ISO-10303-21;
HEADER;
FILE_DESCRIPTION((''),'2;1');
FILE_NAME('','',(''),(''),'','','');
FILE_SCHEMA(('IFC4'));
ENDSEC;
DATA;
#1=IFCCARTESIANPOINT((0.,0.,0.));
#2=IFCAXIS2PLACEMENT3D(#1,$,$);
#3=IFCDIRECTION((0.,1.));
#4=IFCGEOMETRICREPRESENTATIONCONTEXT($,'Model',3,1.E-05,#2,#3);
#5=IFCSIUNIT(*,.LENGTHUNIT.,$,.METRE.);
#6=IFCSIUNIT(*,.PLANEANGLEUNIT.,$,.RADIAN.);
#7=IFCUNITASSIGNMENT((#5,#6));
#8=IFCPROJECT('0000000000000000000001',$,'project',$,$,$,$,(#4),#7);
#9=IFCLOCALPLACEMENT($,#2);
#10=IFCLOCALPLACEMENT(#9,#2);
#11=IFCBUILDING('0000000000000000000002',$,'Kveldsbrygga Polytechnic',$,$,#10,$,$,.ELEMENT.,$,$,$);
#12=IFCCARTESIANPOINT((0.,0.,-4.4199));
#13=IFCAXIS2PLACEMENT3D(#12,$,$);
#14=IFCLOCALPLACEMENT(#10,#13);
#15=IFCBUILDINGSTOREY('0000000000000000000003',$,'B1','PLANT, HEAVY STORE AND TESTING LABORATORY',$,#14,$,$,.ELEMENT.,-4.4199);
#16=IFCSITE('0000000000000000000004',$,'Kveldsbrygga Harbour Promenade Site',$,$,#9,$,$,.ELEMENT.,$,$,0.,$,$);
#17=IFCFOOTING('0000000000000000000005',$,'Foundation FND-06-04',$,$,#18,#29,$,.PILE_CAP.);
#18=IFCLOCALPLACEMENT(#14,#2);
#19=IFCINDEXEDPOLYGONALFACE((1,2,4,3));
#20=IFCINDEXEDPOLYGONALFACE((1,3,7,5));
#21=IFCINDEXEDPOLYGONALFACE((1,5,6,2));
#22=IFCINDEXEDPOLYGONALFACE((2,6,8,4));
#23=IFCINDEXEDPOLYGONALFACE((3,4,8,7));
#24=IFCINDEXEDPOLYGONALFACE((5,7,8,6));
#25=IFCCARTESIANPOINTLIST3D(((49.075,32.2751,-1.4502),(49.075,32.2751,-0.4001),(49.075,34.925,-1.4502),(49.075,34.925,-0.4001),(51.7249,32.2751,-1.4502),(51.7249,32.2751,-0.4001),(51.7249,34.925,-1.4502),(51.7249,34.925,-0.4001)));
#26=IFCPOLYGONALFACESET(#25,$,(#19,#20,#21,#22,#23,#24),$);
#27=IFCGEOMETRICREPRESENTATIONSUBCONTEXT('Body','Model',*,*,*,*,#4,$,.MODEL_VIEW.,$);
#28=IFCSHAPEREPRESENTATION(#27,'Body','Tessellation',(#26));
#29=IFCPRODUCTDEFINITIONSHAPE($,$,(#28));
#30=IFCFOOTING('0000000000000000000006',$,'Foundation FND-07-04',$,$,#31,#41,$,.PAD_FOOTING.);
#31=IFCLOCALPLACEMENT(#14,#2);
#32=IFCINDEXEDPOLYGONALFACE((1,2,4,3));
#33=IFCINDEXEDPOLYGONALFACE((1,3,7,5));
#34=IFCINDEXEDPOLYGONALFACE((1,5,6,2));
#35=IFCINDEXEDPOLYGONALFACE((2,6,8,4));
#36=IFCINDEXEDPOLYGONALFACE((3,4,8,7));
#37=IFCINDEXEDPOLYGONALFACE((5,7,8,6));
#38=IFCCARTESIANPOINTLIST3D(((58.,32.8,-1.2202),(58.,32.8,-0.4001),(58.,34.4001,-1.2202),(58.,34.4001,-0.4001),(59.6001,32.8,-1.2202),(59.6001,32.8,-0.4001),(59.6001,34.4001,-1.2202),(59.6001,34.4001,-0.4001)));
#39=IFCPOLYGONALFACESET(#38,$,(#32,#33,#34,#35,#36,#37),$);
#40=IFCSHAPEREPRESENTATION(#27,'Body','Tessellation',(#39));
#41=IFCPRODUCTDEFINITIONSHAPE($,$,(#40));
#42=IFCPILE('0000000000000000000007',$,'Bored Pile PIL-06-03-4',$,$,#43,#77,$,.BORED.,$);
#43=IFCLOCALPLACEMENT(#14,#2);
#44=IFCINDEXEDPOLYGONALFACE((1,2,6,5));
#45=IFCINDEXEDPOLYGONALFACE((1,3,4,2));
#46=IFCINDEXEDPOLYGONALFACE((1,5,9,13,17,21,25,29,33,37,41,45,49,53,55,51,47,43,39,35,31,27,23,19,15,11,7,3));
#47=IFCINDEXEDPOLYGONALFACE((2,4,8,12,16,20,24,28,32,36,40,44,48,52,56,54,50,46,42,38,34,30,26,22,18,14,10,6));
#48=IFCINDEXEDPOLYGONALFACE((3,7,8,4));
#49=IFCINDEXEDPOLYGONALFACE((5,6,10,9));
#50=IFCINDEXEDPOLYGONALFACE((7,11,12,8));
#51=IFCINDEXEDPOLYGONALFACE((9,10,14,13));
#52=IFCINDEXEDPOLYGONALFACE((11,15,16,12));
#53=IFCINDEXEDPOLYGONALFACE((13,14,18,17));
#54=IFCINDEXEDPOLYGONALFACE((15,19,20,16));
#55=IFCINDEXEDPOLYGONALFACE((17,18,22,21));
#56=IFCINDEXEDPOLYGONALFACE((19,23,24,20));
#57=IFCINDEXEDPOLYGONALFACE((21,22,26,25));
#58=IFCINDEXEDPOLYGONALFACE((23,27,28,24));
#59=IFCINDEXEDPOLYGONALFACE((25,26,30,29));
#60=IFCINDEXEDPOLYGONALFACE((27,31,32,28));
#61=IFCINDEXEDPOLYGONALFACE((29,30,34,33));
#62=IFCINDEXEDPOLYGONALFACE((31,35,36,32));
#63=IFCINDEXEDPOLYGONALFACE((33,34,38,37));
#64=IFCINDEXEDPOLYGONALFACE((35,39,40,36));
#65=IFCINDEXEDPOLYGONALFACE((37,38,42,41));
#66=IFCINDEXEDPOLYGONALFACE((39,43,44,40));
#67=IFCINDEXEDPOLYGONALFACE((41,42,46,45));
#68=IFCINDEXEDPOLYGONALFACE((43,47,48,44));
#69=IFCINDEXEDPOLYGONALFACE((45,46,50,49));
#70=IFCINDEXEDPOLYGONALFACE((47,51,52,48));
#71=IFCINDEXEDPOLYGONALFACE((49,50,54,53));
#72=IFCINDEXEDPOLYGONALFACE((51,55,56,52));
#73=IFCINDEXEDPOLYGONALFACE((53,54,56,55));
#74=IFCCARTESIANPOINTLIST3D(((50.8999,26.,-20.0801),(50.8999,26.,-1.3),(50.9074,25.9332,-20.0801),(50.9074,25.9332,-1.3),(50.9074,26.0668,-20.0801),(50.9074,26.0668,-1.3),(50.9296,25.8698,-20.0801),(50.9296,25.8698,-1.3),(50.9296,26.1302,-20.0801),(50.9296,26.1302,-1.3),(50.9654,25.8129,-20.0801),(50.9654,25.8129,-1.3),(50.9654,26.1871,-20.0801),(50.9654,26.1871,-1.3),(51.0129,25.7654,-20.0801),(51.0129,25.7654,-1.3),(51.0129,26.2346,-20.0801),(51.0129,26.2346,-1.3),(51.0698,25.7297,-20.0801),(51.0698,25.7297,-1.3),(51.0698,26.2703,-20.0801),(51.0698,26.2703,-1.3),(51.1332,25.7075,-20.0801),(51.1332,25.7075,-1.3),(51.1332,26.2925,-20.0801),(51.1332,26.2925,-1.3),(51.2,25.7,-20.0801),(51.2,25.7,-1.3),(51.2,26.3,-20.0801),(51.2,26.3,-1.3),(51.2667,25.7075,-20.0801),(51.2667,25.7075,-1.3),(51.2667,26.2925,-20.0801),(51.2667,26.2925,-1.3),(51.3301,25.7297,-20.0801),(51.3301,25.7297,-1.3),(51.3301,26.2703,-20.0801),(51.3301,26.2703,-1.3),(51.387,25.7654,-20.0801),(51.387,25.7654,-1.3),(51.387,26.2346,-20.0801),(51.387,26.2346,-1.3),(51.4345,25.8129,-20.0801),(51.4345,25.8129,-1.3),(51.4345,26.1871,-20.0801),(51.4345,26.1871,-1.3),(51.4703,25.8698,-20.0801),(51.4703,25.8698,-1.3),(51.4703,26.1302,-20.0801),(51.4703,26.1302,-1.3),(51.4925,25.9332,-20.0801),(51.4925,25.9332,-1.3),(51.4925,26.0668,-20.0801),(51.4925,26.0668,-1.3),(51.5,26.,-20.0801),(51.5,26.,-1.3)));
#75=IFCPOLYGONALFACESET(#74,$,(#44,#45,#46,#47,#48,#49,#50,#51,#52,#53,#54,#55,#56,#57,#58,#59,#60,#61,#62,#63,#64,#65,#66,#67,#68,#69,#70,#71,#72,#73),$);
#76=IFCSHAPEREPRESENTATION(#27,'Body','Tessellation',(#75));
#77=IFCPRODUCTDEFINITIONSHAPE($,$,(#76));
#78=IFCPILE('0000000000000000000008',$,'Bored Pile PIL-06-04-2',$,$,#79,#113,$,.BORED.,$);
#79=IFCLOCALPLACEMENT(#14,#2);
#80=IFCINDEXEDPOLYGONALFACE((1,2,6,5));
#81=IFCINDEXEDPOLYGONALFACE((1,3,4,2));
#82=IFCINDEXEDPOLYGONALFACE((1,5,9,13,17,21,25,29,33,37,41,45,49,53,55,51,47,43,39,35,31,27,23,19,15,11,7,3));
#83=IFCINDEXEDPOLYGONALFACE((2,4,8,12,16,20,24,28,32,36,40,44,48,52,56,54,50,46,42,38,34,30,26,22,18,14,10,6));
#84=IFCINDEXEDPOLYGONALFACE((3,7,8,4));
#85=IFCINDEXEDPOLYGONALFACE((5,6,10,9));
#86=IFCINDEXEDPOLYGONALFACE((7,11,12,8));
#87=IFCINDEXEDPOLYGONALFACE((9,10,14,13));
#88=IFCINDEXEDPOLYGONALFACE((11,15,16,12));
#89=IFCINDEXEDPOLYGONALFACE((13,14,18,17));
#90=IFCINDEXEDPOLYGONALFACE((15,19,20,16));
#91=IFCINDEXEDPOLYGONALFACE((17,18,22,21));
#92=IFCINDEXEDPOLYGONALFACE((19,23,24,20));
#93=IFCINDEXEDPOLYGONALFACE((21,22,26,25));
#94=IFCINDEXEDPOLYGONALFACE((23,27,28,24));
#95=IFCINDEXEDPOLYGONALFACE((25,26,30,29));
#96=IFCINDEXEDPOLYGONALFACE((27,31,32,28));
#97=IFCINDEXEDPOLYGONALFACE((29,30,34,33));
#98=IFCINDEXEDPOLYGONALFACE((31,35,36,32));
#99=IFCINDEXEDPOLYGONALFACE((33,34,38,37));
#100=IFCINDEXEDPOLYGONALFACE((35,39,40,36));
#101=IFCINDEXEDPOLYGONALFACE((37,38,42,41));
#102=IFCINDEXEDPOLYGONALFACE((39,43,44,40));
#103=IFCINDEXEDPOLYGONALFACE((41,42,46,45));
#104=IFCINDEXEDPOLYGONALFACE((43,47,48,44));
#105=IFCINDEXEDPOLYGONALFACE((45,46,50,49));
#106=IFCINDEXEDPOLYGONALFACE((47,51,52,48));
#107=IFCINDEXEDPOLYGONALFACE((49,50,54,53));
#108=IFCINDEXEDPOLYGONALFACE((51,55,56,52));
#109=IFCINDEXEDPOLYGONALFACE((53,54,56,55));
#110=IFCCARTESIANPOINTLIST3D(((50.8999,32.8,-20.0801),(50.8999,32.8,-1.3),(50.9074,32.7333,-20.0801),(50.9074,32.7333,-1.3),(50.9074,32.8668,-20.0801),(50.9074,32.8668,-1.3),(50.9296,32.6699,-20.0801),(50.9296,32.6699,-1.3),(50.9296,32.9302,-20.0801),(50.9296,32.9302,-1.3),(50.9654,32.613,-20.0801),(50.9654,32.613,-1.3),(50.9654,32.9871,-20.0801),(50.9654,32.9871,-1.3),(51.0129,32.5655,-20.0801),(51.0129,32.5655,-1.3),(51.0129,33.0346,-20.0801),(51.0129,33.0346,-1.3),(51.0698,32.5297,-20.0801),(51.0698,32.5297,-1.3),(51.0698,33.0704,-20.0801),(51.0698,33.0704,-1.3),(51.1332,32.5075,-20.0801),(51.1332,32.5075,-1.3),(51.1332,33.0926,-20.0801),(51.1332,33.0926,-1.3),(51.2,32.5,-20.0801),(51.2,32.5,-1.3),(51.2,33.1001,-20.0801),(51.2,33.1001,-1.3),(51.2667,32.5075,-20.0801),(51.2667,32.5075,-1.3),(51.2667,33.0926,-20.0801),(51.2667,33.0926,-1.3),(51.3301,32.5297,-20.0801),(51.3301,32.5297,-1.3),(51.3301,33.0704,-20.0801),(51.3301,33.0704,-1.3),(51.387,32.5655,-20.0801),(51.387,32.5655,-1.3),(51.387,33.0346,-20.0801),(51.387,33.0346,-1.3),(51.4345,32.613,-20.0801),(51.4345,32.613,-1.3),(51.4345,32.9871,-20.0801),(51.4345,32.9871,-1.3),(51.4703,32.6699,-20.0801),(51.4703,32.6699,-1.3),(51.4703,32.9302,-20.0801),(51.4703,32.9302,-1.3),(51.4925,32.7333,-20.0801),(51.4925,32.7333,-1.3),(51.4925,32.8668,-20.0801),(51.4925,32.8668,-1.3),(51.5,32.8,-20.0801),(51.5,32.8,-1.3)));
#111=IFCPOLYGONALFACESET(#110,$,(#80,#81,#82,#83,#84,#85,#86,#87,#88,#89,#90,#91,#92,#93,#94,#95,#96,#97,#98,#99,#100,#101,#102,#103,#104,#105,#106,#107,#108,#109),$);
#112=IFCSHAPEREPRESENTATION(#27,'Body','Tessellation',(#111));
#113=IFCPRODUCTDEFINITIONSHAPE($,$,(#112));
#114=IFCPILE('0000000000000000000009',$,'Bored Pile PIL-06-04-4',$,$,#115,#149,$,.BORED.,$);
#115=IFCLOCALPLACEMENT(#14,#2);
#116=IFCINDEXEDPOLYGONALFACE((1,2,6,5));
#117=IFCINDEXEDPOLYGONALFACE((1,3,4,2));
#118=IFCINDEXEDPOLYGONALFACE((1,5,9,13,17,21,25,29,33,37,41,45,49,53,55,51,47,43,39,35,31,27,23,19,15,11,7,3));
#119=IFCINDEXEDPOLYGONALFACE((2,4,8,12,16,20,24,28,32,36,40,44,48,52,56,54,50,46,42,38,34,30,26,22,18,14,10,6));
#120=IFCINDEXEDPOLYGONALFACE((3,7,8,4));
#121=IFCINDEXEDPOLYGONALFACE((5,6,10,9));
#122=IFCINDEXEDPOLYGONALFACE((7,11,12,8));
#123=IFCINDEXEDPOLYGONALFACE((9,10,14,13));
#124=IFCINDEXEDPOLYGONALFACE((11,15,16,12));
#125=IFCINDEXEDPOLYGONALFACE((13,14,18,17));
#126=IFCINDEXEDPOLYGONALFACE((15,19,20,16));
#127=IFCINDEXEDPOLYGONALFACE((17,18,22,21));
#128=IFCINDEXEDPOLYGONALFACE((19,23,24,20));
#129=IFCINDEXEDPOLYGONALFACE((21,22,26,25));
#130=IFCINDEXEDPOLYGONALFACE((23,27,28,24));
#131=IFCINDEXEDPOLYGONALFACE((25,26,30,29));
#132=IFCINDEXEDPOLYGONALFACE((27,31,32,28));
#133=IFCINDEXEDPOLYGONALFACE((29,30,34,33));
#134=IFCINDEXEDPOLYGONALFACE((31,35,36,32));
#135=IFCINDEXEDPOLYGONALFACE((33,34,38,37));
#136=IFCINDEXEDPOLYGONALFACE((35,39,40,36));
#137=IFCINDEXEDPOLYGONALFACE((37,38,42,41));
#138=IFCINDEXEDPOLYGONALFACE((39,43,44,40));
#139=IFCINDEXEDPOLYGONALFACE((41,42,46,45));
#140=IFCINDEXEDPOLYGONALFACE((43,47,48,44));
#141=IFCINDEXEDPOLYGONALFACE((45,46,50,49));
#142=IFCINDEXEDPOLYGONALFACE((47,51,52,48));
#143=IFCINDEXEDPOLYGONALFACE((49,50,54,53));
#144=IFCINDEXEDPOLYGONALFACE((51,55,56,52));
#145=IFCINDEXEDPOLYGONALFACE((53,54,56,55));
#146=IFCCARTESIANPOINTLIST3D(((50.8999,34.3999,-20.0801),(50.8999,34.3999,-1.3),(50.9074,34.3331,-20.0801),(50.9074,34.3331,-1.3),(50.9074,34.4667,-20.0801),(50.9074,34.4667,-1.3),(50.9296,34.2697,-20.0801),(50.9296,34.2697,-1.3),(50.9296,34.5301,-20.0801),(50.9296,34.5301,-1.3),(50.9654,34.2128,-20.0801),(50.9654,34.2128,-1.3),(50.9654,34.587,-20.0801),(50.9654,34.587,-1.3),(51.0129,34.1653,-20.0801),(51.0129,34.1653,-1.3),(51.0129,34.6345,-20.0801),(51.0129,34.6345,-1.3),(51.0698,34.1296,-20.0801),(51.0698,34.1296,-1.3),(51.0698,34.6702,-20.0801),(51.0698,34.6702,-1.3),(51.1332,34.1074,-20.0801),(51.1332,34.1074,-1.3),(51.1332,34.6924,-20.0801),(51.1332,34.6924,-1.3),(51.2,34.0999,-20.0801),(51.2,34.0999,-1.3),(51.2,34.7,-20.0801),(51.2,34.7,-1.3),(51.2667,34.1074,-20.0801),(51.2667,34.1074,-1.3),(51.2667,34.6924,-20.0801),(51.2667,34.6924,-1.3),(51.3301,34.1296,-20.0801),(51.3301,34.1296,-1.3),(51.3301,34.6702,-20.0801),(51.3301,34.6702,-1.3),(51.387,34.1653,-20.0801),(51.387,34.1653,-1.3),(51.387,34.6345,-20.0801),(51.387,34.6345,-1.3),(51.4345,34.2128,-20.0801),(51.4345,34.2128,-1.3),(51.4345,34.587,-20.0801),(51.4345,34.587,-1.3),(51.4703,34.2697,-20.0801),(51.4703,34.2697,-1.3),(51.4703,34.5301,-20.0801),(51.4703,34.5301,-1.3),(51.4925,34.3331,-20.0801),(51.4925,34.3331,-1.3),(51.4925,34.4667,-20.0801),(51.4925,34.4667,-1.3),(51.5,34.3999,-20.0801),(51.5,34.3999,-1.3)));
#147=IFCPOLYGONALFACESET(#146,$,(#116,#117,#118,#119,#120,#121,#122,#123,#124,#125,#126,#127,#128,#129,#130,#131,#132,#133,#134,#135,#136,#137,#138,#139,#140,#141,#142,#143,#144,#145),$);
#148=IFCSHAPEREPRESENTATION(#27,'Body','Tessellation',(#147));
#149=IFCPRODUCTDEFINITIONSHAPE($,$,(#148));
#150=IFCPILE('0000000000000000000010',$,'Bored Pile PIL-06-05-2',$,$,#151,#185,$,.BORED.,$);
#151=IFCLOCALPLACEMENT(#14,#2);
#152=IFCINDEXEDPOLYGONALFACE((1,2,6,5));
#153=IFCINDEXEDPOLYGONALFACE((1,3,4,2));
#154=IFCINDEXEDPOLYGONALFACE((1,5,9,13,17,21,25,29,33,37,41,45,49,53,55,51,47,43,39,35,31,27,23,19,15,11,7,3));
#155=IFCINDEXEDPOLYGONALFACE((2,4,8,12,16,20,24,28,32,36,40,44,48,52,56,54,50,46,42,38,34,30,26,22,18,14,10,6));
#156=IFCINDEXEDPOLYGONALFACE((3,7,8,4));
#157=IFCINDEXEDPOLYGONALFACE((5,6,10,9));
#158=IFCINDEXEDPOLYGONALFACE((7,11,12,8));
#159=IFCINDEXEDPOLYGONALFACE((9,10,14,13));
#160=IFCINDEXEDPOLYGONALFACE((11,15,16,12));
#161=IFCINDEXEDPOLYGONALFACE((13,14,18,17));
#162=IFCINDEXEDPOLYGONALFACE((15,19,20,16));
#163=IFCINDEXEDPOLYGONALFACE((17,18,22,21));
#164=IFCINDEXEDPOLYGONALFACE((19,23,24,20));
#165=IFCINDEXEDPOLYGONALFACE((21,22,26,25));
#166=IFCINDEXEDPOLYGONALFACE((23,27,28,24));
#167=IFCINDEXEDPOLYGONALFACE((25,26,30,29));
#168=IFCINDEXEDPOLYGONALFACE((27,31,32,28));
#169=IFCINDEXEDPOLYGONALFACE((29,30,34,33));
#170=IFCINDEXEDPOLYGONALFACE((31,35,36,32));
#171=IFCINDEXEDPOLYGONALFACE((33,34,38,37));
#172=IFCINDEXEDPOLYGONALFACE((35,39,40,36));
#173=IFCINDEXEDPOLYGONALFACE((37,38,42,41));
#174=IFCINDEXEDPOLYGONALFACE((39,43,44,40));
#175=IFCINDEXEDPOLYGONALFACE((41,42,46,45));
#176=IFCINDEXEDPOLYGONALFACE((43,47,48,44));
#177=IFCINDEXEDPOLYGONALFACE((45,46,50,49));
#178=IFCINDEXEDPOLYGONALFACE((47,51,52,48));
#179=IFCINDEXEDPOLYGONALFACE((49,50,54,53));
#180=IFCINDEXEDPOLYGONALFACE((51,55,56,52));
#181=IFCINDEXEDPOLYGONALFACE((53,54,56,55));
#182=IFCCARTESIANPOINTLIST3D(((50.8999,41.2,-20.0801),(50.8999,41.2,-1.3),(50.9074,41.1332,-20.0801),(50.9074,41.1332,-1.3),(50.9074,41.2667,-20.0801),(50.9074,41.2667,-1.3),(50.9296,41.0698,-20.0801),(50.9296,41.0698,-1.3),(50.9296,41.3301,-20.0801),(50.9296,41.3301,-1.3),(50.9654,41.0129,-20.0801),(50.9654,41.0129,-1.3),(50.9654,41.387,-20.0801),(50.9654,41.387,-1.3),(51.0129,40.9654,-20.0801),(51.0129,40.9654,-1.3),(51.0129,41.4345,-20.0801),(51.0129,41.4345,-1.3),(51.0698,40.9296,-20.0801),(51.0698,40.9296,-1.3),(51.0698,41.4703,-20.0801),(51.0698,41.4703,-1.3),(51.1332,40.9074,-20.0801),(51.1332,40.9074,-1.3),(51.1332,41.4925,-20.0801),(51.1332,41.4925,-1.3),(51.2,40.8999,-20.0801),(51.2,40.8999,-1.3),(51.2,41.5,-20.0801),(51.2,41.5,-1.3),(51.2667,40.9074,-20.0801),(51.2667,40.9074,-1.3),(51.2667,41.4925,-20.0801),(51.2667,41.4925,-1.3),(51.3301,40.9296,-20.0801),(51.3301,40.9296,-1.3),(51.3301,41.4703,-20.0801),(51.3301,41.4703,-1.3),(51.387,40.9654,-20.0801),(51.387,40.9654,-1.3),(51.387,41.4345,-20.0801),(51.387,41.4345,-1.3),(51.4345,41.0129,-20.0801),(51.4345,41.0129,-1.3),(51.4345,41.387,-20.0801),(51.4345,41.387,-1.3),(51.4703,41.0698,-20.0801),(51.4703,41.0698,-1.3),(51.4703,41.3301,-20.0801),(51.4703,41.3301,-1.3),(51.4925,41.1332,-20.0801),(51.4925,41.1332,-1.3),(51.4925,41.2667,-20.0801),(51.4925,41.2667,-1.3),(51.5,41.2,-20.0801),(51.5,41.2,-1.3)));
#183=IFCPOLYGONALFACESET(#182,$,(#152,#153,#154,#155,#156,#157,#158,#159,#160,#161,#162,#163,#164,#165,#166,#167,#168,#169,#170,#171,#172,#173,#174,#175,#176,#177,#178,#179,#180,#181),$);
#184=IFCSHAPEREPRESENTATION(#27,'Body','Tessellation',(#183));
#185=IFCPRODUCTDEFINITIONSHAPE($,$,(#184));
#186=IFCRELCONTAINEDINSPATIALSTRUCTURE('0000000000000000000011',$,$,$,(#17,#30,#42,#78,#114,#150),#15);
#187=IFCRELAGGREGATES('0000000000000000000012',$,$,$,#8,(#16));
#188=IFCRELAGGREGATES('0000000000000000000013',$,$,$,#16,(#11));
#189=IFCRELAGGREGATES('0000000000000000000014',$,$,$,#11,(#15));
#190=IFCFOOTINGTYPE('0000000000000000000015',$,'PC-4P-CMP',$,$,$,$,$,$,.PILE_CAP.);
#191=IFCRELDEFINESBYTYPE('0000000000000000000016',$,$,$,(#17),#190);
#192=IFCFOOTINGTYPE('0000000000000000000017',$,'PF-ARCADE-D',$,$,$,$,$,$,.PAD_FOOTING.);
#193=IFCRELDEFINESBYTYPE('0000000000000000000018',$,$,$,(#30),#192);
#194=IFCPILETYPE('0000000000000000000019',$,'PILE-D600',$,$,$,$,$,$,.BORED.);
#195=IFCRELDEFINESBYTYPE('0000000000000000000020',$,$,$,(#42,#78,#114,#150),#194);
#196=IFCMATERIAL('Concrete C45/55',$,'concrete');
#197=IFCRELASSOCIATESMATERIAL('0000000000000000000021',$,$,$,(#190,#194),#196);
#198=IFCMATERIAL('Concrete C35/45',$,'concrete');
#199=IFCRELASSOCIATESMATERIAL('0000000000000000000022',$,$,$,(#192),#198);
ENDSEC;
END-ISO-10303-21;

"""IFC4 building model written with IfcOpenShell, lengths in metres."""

from ifc_helpers import new_model, si_unit, direction, frame, origin, origin_2d, place, context, subcontext, project, spatial, rectangle, circle, extrude, material, material_profile, profile_set, type_object, element, save


model = new_model("IFC4")

# Units and contexts
model_context = context("Model", 3, precision=1e-05, world=origin(), true_north=direction((0.0, 1.0)))
body_context = subcontext(model_context, "Body", "Model", "MODEL_VIEW")
ifc_project = project(units=[si_unit("LENGTHUNIT", "METRE"), si_unit("PLANEANGLEUNIT", "RADIAN")], contexts=[model_context])

# Site, building, storey
site_placement = place(None, origin())
site = spatial("IfcSite", under=ifc_project, at=site_placement, Name="Kveldsbrygga Harbour Promenade Site", CompositionType="ELEMENT", RefElevation=0.0)
building_placement = place(site_placement, origin())
building = spatial("IfcBuilding", under=site, at=building_placement, Name="Kveldsbrygga Polytechnic", CompositionType="ELEMENT")
storey_placement = place(building_placement, frame((0.0, 0.0, -4.4199)))
storey = spatial("IfcBuildingStorey", under=building, at=storey_placement, Name="B1", Description="PLANT, HEAVY STORE AND TESTING LABORATORY", CompositionType="ELEMENT", Elevation=-4.4199)

# Footings
ifc_material_1 = material(Name="Concrete C45/55", Category="concrete")
footing_type_1 = type_object("IfcFootingType", Name="PC-4P-CMP", PredefinedType="PILE_CAP", material=ifc_material_1)
footing_1_placement = place(storey_placement, frame((50.3999, 33.6001, -1.4502), z_axis=(0.0, 0.0, 1.0), x_axis=(1.0, 0.0, 0.0)))
element("IfcFooting", 1, at=footing_1_placement, inside=storey, type_object=footing_type_1, Name="Foundation FND-06-04", PredefinedType="PILE_CAP", context=body_context, shape_type="SweptSolid", body=[
    extrude(rectangle(XDim=2.6499, YDim=2.6499, at=origin_2d()), origin(), (0.0, 0.0, 1.0), 1.05),
])
ifc_material_2 = material(Name="Concrete C35/45", Category="concrete")
footing_type_2 = type_object("IfcFootingType", Name="PF-ARCADE-D", PredefinedType="PAD_FOOTING", material=ifc_material_2)
footing_2_placement = place(storey_placement, frame((58.8, 33.6001, -1.2202), z_axis=(0.0, 0.0, 1.0), x_axis=(1.0, 0.0, 0.0)))
element("IfcFooting", 2, at=footing_2_placement, inside=storey, type_object=footing_type_2, Name="Foundation FND-07-04", PredefinedType="PAD_FOOTING", context=body_context, shape_type="SweptSolid", body=[
    extrude(rectangle(XDim=1.6001, YDim=1.6001, at=origin_2d()), origin(), (0.0, 0.0, 1.0), 0.8201),
])

# Piles
ifc_material_profile_1 = material_profile(ifc_material_1, circle(Radius=0.3, at=origin_2d()), Name="PILE D600")
ifc_profile_set_1 = profile_set([ifc_material_profile_1], Name="Concrete C45/55")
pile_type = type_object("IfcPileType", Name="PILE-D600", PredefinedType="BORED", material=ifc_profile_set_1)
for number, where, z_axis, x_axis, name in (
    (3, (51.2, 26.0, -1.3), (0.0, 0.0, -1.0), (1.0, 0.0, 0.0), "Bored Pile PIL-06-03-4"),
    (4, (51.2, 32.8, -1.3), (0.0, 0.0, -1.0), (1.0, 0.0, 0.0), "Bored Pile PIL-06-04-2"),
    (5, (51.2, 34.3999, -1.3), (0.0, 0.0, -1.0), (1.0, 0.0, 0.0), "Bored Pile PIL-06-04-4"),
    (6, (51.2, 41.2, -1.3), (0.0, 0.0, -1.0), (1.0, 0.0, 0.0), "Bored Pile PIL-06-05-2"),
):
    element("IfcPile", number, at=place(storey_placement, frame(where, z_axis=z_axis, x_axis=x_axis)), inside=storey, type_object=pile_type, Name=name, PredefinedType="BORED", context=body_context, shape_type="SweptSolid", body=[
        extrude(circle(Radius=0.3, at=origin_2d()), origin(), (0.0, 0.0, 1.0), 18.78),
    ])

save(model, "model.ifc")
